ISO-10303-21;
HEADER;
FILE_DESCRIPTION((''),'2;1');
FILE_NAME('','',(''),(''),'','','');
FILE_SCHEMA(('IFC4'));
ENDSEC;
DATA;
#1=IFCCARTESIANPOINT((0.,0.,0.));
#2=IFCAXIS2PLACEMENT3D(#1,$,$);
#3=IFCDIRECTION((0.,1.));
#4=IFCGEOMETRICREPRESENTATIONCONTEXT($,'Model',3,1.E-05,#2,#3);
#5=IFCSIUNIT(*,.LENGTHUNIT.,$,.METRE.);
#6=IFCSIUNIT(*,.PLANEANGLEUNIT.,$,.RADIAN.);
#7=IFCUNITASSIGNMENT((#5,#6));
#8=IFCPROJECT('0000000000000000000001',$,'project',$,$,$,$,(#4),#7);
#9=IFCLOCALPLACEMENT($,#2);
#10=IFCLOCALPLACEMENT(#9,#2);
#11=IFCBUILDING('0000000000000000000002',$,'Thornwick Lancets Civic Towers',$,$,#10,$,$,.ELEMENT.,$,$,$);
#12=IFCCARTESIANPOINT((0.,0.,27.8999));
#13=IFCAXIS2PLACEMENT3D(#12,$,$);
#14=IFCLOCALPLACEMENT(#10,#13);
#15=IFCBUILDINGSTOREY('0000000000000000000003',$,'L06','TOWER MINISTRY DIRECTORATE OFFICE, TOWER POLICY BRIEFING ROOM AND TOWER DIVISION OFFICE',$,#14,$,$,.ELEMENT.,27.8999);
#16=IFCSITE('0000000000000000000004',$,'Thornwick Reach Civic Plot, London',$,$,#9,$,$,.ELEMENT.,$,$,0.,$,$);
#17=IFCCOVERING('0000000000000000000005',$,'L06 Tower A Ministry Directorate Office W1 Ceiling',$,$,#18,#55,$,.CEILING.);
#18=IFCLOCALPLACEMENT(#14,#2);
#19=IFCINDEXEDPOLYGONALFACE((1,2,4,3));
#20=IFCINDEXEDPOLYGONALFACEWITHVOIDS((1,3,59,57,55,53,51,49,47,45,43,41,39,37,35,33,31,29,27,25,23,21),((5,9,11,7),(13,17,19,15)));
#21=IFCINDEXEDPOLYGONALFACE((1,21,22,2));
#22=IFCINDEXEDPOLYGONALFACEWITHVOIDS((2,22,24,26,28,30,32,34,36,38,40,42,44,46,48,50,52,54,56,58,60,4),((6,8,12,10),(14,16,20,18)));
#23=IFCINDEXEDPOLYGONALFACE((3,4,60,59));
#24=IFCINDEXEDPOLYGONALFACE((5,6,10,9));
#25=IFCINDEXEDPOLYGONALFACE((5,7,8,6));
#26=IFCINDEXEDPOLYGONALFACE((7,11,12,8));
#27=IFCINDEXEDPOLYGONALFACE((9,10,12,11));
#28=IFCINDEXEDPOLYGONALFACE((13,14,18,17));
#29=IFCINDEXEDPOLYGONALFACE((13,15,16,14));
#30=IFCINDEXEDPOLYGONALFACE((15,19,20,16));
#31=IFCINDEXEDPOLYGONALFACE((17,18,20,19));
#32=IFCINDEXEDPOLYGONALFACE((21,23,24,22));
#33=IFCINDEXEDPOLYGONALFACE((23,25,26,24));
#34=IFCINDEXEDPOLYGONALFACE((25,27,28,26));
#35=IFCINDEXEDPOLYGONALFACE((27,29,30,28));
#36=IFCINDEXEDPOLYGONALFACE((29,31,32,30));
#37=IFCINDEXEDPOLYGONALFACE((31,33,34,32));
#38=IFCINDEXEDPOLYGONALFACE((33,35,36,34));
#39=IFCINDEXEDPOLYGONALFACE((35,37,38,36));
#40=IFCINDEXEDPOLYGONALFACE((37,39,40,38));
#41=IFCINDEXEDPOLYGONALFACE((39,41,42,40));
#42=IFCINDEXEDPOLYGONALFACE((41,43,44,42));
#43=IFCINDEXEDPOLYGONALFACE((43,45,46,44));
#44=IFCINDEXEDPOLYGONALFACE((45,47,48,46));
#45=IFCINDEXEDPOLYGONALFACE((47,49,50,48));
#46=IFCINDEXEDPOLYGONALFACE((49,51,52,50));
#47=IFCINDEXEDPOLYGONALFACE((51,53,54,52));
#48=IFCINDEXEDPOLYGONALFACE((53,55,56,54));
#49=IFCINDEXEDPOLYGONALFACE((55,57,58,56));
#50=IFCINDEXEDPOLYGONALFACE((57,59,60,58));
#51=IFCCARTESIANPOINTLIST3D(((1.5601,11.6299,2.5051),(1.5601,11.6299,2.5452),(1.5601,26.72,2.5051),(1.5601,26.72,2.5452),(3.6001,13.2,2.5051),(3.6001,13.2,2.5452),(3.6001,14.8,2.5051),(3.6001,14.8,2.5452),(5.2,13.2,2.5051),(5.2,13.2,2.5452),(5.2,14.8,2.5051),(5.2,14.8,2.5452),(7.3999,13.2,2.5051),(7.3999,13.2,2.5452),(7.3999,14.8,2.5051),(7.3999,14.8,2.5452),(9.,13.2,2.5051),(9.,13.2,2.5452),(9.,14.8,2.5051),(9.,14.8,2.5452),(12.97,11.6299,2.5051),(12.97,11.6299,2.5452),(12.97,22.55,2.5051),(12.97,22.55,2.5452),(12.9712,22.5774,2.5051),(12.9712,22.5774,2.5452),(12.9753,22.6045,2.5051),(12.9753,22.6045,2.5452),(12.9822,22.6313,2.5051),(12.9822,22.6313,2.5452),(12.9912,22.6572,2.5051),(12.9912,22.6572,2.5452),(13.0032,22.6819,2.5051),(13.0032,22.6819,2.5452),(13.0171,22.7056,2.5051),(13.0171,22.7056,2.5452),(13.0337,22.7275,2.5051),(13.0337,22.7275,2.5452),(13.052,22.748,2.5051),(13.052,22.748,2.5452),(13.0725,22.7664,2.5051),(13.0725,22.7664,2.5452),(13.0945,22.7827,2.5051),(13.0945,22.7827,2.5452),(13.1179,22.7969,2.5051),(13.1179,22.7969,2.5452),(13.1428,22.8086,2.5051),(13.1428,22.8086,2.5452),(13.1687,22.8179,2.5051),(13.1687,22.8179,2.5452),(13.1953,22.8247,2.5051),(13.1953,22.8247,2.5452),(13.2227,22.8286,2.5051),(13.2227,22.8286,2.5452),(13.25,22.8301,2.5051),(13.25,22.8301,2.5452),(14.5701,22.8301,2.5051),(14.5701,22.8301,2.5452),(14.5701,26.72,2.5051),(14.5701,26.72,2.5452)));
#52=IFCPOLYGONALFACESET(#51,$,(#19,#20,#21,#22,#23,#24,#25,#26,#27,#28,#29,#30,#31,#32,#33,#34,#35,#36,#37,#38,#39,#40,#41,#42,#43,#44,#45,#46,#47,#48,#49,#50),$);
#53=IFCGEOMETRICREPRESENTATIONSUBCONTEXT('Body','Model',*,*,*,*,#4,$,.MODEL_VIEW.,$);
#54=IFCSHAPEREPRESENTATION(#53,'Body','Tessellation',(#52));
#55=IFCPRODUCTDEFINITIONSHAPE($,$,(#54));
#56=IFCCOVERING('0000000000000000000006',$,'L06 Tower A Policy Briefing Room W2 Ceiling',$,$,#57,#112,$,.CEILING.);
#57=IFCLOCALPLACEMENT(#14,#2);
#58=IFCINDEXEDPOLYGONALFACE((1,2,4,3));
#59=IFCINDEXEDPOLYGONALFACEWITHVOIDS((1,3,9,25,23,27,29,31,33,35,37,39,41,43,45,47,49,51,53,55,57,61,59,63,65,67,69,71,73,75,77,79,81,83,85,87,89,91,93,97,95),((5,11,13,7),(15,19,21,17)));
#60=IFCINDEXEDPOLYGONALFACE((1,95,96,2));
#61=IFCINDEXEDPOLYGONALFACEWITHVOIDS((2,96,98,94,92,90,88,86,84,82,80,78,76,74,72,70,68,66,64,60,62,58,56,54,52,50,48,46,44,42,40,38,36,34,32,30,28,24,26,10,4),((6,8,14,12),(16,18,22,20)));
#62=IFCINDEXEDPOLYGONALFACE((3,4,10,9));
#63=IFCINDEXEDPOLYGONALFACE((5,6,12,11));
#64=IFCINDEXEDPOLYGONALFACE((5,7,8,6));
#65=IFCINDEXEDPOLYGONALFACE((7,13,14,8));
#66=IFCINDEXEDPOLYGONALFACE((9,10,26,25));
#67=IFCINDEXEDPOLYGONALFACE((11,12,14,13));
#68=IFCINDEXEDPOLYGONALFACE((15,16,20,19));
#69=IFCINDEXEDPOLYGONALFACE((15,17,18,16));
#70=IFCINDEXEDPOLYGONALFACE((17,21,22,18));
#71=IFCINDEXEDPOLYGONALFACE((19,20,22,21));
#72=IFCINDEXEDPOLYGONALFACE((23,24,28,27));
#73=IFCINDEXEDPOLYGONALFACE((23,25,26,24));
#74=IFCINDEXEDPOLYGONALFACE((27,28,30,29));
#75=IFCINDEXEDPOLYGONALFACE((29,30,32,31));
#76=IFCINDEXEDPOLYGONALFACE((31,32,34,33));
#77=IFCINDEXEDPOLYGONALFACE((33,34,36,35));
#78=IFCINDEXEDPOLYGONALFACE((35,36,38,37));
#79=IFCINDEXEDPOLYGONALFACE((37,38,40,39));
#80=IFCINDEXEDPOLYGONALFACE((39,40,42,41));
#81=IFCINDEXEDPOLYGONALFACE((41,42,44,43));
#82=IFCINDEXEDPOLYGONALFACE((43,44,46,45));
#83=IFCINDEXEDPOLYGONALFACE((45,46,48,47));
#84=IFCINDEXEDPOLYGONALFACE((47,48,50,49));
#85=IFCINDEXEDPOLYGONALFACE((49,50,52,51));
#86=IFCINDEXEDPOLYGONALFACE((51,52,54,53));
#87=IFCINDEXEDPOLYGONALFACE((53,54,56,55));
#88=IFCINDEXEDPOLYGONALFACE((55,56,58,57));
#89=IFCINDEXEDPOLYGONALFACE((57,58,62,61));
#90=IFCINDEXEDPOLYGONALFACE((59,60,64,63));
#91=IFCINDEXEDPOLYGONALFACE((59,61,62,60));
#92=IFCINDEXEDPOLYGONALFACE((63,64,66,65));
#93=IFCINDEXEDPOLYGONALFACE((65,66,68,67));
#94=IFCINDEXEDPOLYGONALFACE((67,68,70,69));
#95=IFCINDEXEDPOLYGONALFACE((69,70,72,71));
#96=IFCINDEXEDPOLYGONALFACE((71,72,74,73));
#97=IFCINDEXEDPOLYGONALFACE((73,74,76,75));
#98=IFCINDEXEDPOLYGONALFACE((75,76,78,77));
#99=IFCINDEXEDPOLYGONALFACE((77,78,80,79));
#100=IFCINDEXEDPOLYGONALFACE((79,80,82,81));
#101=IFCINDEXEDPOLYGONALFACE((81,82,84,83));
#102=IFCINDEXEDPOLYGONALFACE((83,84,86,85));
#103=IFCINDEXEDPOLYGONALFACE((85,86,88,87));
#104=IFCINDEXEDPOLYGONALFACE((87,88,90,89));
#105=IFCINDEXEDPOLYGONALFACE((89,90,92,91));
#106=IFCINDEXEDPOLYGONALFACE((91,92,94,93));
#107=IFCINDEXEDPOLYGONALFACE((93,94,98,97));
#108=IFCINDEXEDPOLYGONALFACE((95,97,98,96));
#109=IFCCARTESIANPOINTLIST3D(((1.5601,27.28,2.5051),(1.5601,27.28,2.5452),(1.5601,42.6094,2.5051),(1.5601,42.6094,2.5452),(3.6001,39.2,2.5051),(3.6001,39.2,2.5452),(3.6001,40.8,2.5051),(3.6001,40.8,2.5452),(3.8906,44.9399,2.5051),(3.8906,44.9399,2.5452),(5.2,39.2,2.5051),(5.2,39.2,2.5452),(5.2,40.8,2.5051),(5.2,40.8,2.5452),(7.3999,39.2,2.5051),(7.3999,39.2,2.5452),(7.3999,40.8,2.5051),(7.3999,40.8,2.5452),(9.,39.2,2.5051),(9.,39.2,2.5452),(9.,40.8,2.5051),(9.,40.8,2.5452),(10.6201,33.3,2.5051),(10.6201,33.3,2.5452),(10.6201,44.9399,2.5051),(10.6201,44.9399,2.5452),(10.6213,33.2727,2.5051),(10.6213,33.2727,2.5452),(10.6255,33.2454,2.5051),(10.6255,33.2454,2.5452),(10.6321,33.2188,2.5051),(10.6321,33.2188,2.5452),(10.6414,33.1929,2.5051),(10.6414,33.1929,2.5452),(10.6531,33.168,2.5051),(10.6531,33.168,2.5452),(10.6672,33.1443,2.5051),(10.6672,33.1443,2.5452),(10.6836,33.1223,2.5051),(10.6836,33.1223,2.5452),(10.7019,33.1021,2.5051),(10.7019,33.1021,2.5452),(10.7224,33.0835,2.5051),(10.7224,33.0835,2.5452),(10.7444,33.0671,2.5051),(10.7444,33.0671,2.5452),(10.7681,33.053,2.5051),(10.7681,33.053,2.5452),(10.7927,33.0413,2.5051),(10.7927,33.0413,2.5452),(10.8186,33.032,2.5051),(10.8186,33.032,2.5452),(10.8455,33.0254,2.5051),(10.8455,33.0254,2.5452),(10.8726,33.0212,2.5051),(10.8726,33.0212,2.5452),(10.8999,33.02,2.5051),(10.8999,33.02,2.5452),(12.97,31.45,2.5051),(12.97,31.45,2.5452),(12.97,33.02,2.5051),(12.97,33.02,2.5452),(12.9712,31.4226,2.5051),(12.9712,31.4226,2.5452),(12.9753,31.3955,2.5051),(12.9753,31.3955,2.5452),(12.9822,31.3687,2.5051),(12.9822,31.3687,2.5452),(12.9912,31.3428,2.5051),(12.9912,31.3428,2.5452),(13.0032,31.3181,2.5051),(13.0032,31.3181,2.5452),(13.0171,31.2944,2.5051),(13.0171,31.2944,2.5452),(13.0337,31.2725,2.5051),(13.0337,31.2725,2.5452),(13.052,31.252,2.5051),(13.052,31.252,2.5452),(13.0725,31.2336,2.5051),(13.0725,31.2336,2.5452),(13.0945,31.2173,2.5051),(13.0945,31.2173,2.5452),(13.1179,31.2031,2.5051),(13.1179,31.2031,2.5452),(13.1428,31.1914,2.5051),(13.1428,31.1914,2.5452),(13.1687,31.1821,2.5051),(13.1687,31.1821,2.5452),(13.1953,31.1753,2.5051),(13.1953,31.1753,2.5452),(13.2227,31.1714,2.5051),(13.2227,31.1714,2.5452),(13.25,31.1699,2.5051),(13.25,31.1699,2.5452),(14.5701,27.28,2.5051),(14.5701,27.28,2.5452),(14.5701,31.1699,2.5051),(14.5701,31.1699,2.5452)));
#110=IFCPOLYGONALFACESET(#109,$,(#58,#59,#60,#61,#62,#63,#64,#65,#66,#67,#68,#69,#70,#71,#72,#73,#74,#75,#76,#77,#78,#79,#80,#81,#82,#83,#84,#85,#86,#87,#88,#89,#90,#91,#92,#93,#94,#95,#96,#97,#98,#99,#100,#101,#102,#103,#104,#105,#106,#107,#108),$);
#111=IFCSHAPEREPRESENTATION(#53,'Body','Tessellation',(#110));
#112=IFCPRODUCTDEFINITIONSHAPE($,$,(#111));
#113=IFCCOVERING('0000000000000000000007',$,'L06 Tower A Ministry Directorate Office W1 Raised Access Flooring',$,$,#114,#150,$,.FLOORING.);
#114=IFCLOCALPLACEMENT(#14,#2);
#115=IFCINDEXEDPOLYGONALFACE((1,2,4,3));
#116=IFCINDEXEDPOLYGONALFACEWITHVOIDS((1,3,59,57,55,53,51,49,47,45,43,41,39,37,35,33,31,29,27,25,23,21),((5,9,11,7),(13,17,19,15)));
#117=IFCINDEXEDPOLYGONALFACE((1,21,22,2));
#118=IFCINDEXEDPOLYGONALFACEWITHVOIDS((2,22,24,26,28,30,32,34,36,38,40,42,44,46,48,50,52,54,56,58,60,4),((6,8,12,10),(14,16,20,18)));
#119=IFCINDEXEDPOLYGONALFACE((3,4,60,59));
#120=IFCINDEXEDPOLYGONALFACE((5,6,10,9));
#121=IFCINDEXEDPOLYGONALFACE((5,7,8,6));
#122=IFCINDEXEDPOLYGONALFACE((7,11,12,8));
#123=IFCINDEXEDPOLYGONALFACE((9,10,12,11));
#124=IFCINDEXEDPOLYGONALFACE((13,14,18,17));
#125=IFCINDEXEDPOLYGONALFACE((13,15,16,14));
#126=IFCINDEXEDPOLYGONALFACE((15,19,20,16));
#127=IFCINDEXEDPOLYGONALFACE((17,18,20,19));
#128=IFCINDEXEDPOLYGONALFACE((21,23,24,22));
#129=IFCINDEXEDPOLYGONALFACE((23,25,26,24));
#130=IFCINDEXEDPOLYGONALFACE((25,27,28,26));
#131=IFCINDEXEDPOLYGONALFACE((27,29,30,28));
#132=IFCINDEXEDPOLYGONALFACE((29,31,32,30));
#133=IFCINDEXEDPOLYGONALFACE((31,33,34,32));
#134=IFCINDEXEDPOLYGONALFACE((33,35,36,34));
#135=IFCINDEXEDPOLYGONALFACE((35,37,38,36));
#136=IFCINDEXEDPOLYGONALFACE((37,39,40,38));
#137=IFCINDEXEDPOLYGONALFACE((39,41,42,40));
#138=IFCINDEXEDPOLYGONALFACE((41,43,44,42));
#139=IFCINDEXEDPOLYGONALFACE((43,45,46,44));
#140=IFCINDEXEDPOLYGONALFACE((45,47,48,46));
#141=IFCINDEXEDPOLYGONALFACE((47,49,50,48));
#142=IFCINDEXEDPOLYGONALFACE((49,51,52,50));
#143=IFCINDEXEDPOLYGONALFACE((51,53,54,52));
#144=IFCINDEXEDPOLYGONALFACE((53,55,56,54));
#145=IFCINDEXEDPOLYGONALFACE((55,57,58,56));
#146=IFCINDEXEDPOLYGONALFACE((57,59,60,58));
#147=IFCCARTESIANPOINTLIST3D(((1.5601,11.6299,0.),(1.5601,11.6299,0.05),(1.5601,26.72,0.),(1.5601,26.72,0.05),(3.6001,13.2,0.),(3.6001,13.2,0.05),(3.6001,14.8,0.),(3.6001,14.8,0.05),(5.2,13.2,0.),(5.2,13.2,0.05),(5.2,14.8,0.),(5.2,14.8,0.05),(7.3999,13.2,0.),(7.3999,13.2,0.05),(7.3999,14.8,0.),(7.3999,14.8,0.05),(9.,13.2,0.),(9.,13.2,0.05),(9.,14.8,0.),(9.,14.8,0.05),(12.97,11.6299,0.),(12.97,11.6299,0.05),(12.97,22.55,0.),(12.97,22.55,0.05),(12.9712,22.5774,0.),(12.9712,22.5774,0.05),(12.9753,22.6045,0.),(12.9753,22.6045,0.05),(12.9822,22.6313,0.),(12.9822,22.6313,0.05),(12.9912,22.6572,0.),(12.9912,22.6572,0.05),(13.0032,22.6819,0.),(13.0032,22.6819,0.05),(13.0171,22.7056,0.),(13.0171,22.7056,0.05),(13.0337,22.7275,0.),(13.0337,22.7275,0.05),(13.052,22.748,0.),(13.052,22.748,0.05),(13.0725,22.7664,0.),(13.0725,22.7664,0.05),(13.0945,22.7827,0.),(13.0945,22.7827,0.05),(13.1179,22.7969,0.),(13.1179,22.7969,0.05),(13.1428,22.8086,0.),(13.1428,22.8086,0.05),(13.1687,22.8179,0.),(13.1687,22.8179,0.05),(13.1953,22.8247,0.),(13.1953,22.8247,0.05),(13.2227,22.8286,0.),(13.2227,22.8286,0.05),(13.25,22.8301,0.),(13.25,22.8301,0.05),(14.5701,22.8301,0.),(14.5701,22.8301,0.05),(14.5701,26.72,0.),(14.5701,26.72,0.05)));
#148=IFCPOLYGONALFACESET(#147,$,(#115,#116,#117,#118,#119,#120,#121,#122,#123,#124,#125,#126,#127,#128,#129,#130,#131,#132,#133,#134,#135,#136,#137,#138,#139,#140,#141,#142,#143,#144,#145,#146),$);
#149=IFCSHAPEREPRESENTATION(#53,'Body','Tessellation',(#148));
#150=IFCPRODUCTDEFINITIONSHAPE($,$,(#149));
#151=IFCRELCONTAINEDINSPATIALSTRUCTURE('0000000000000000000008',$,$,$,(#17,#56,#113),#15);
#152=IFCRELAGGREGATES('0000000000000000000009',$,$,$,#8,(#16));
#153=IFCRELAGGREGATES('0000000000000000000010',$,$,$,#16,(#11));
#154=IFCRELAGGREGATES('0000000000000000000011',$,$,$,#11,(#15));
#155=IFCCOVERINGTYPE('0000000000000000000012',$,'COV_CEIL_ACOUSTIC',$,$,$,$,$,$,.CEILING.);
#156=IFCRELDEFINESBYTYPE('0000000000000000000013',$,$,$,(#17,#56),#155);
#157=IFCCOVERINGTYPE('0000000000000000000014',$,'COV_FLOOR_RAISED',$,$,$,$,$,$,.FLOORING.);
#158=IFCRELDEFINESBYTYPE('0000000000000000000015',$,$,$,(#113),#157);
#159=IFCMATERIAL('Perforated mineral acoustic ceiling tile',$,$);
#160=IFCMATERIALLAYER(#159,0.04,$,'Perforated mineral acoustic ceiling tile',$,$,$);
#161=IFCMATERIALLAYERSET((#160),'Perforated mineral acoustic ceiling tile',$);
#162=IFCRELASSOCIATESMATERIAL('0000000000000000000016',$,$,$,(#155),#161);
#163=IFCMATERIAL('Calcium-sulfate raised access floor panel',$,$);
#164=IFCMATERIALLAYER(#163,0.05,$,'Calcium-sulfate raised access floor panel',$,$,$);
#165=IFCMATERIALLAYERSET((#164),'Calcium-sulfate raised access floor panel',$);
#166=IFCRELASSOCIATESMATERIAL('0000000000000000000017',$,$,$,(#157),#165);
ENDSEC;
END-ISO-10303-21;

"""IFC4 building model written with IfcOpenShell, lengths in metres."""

from ifc_helpers import new_model, si_unit, direction, frame, origin, place, context, subcontext, project, spatial, polyline, outline, extrude, material, layer, layer_set, type_object, element, save


model = new_model("IFC4")

# Units and contexts
model_context = context("Model", 3, precision=1e-05, world=origin(), true_north=direction((0.0, 1.0)))
body_context = subcontext(model_context, "Body", "Model", "MODEL_VIEW")
ifc_project = project(units=[si_unit("LENGTHUNIT", "METRE"), si_unit("PLANEANGLEUNIT", "RADIAN")], contexts=[model_context])

# Site, building, storey
site_placement = place(None, origin())
site = spatial("IfcSite", under=ifc_project, at=site_placement, Name="Thornwick Reach Civic Plot, London", CompositionType="ELEMENT", RefElevation=0.0)
building_placement = place(site_placement, origin())
building = spatial("IfcBuilding", under=site, at=building_placement, Name="Thornwick Lancets Civic Towers", CompositionType="ELEMENT")
storey_placement = place(building_placement, frame((0.0, 0.0, 27.8999)))
storey = spatial("IfcBuildingStorey", under=building, at=storey_placement, Name="L06", Description="TOWER MINISTRY DIRECTORATE OFFICE, TOWER POLICY BRIEFING ROOM AND TOWER DIVISION OFFICE", CompositionType="ELEMENT", Elevation=27.8999)

# Coverings
ifc_material_1 = material(Name="Perforated mineral acoustic ceiling tile")
ifc_layer_1 = layer(ifc_material_1, 0.04, Name="Perforated mineral acoustic ceiling tile")
ifc_layer_set_1 = layer_set([ifc_layer_1], Name="Perforated mineral acoustic ceiling tile")
covering_type_1 = type_object("IfcCoveringType", Name="COV_CEIL_ACOUSTIC", PredefinedType="CEILING", material=ifc_layer_set_1)
covering_1_placement = place(storey_placement, frame((0.0, 0.0, 2.5051)))
element("IfcCovering", 1, at=covering_1_placement, inside=storey, type_object=covering_type_1, Name="L06 Tower A Ministry Directorate Office W1 Ceiling", PredefinedType="CEILING", context=body_context, shape_type="SweptSolid", body=[
    extrude(outline(polyline([(14.5701, 22.8301), (13.25, 22.8301), (13.2227, 22.8286), (13.1953, 22.8247), (13.1687, 22.8179), (13.1428, 22.8086), (13.1179, 22.7969), (13.0945, 22.7827), (13.0725, 22.7664), (13.052, 22.748), (13.0337, 22.7275), (13.0171, 22.7056), (13.0032, 22.6819), (12.9912, 22.6572), (12.9822, 22.6313), (12.9753, 22.6045), (12.9712, 22.5774), (12.97, 22.55), (12.97, 11.6299), (1.5601, 11.6299), (1.5601, 26.72), (14.5701, 26.72), (14.5701, 22.8301)]), holes=[polyline([(7.3999, 13.2), (9.0, 13.2), (9.0, 14.8), (7.3999, 14.8), (7.3999, 13.2)]), polyline([(3.6001, 13.2), (5.2, 13.2), (5.2, 14.8), (3.6001, 14.8), (3.6001, 13.2)])]), origin(), (0.0, 0.0, 1.0), 0.04),
])
covering_2_placement = place(storey_placement, frame((0.0, 0.0, 2.5051)))
element("IfcCovering", 2, at=covering_2_placement, inside=storey, type_object=covering_type_1, Name="L06 Tower A Policy Briefing Room W2 Ceiling", PredefinedType="CEILING", context=body_context, shape_type="SweptSolid", body=[
    extrude(outline(polyline([(12.97, 33.02), (12.97, 31.45), (12.9712, 31.4226), (12.9753, 31.3955), (12.9822, 31.3687), (12.9912, 31.3428), (13.0032, 31.3181), (13.0171, 31.2944), (13.0337, 31.2725), (13.052, 31.252), (13.0725, 31.2336), (13.0945, 31.2173), (13.1179, 31.2031), (13.1428, 31.1914), (13.1687, 31.1821), (13.1953, 31.1753), (13.2227, 31.1714), (13.25, 31.1699), (14.5701, 31.1699), (14.5701, 27.28), (1.5601, 27.28), (1.5601, 42.6094), (3.8906, 44.9399), (10.6201, 44.9399), (10.6201, 33.3), (10.6213, 33.2727), (10.6255, 33.2454), (10.6321, 33.2188), (10.6414, 33.1929), (10.6531, 33.168), (10.6672, 33.1443), (10.6836, 33.1223), (10.7019, 33.1021), (10.7224, 33.0835), (10.7444, 33.0671), (10.7681, 33.053), (10.7927, 33.0413), (10.8186, 33.032), (10.8455, 33.0254), (10.8726, 33.0212), (10.8999, 33.02), (12.97, 33.02)]), holes=[polyline([(7.3999, 39.2), (9.0, 39.2), (9.0, 40.8), (7.3999, 40.8), (7.3999, 39.2)]), polyline([(3.6001, 39.2), (5.2, 39.2), (5.2, 40.8), (3.6001, 40.8), (3.6001, 39.2)])]), origin(), (0.0, 0.0, 1.0), 0.04),
])
ifc_material_2 = material(Name="Calcium-sulfate raised access floor panel")
ifc_layer_2 = layer(ifc_material_2, 0.05, Name="Calcium-sulfate raised access floor panel")
ifc_layer_set_2 = layer_set([ifc_layer_2], Name="Calcium-sulfate raised access floor panel")
covering_type_2 = type_object("IfcCoveringType", Name="COV_FLOOR_RAISED", PredefinedType="FLOORING", material=ifc_layer_set_2)
covering_3_placement = place(storey_placement, origin())
element("IfcCovering", 3, at=covering_3_placement, inside=storey, type_object=covering_type_2, Name="L06 Tower A Ministry Directorate Office W1 Raised Access Flooring", PredefinedType="FLOORING", context=body_context, shape_type="SweptSolid", body=[
    extrude(outline(polyline([(14.5701, 22.8301), (13.25, 22.8301), (13.2227, 22.8286), (13.1953, 22.8247), (13.1687, 22.8179), (13.1428, 22.8086), (13.1179, 22.7969), (13.0945, 22.7827), (13.0725, 22.7664), (13.052, 22.748), (13.0337, 22.7275), (13.0171, 22.7056), (13.0032, 22.6819), (12.9912, 22.6572), (12.9822, 22.6313), (12.9753, 22.6045), (12.9712, 22.5774), (12.97, 22.55), (12.97, 11.6299), (1.5601, 11.6299), (1.5601, 26.72), (14.5701, 26.72), (14.5701, 22.8301)]), holes=[polyline([(7.3999, 13.2), (9.0, 13.2), (9.0, 14.8), (7.3999, 14.8), (7.3999, 13.2)]), polyline([(3.6001, 13.2), (5.2, 13.2), (5.2, 14.8), (3.6001, 14.8), (3.6001, 13.2)])]), origin(), (0.0, 0.0, 1.0), 0.05),
])

save(model, "model.ifc")
